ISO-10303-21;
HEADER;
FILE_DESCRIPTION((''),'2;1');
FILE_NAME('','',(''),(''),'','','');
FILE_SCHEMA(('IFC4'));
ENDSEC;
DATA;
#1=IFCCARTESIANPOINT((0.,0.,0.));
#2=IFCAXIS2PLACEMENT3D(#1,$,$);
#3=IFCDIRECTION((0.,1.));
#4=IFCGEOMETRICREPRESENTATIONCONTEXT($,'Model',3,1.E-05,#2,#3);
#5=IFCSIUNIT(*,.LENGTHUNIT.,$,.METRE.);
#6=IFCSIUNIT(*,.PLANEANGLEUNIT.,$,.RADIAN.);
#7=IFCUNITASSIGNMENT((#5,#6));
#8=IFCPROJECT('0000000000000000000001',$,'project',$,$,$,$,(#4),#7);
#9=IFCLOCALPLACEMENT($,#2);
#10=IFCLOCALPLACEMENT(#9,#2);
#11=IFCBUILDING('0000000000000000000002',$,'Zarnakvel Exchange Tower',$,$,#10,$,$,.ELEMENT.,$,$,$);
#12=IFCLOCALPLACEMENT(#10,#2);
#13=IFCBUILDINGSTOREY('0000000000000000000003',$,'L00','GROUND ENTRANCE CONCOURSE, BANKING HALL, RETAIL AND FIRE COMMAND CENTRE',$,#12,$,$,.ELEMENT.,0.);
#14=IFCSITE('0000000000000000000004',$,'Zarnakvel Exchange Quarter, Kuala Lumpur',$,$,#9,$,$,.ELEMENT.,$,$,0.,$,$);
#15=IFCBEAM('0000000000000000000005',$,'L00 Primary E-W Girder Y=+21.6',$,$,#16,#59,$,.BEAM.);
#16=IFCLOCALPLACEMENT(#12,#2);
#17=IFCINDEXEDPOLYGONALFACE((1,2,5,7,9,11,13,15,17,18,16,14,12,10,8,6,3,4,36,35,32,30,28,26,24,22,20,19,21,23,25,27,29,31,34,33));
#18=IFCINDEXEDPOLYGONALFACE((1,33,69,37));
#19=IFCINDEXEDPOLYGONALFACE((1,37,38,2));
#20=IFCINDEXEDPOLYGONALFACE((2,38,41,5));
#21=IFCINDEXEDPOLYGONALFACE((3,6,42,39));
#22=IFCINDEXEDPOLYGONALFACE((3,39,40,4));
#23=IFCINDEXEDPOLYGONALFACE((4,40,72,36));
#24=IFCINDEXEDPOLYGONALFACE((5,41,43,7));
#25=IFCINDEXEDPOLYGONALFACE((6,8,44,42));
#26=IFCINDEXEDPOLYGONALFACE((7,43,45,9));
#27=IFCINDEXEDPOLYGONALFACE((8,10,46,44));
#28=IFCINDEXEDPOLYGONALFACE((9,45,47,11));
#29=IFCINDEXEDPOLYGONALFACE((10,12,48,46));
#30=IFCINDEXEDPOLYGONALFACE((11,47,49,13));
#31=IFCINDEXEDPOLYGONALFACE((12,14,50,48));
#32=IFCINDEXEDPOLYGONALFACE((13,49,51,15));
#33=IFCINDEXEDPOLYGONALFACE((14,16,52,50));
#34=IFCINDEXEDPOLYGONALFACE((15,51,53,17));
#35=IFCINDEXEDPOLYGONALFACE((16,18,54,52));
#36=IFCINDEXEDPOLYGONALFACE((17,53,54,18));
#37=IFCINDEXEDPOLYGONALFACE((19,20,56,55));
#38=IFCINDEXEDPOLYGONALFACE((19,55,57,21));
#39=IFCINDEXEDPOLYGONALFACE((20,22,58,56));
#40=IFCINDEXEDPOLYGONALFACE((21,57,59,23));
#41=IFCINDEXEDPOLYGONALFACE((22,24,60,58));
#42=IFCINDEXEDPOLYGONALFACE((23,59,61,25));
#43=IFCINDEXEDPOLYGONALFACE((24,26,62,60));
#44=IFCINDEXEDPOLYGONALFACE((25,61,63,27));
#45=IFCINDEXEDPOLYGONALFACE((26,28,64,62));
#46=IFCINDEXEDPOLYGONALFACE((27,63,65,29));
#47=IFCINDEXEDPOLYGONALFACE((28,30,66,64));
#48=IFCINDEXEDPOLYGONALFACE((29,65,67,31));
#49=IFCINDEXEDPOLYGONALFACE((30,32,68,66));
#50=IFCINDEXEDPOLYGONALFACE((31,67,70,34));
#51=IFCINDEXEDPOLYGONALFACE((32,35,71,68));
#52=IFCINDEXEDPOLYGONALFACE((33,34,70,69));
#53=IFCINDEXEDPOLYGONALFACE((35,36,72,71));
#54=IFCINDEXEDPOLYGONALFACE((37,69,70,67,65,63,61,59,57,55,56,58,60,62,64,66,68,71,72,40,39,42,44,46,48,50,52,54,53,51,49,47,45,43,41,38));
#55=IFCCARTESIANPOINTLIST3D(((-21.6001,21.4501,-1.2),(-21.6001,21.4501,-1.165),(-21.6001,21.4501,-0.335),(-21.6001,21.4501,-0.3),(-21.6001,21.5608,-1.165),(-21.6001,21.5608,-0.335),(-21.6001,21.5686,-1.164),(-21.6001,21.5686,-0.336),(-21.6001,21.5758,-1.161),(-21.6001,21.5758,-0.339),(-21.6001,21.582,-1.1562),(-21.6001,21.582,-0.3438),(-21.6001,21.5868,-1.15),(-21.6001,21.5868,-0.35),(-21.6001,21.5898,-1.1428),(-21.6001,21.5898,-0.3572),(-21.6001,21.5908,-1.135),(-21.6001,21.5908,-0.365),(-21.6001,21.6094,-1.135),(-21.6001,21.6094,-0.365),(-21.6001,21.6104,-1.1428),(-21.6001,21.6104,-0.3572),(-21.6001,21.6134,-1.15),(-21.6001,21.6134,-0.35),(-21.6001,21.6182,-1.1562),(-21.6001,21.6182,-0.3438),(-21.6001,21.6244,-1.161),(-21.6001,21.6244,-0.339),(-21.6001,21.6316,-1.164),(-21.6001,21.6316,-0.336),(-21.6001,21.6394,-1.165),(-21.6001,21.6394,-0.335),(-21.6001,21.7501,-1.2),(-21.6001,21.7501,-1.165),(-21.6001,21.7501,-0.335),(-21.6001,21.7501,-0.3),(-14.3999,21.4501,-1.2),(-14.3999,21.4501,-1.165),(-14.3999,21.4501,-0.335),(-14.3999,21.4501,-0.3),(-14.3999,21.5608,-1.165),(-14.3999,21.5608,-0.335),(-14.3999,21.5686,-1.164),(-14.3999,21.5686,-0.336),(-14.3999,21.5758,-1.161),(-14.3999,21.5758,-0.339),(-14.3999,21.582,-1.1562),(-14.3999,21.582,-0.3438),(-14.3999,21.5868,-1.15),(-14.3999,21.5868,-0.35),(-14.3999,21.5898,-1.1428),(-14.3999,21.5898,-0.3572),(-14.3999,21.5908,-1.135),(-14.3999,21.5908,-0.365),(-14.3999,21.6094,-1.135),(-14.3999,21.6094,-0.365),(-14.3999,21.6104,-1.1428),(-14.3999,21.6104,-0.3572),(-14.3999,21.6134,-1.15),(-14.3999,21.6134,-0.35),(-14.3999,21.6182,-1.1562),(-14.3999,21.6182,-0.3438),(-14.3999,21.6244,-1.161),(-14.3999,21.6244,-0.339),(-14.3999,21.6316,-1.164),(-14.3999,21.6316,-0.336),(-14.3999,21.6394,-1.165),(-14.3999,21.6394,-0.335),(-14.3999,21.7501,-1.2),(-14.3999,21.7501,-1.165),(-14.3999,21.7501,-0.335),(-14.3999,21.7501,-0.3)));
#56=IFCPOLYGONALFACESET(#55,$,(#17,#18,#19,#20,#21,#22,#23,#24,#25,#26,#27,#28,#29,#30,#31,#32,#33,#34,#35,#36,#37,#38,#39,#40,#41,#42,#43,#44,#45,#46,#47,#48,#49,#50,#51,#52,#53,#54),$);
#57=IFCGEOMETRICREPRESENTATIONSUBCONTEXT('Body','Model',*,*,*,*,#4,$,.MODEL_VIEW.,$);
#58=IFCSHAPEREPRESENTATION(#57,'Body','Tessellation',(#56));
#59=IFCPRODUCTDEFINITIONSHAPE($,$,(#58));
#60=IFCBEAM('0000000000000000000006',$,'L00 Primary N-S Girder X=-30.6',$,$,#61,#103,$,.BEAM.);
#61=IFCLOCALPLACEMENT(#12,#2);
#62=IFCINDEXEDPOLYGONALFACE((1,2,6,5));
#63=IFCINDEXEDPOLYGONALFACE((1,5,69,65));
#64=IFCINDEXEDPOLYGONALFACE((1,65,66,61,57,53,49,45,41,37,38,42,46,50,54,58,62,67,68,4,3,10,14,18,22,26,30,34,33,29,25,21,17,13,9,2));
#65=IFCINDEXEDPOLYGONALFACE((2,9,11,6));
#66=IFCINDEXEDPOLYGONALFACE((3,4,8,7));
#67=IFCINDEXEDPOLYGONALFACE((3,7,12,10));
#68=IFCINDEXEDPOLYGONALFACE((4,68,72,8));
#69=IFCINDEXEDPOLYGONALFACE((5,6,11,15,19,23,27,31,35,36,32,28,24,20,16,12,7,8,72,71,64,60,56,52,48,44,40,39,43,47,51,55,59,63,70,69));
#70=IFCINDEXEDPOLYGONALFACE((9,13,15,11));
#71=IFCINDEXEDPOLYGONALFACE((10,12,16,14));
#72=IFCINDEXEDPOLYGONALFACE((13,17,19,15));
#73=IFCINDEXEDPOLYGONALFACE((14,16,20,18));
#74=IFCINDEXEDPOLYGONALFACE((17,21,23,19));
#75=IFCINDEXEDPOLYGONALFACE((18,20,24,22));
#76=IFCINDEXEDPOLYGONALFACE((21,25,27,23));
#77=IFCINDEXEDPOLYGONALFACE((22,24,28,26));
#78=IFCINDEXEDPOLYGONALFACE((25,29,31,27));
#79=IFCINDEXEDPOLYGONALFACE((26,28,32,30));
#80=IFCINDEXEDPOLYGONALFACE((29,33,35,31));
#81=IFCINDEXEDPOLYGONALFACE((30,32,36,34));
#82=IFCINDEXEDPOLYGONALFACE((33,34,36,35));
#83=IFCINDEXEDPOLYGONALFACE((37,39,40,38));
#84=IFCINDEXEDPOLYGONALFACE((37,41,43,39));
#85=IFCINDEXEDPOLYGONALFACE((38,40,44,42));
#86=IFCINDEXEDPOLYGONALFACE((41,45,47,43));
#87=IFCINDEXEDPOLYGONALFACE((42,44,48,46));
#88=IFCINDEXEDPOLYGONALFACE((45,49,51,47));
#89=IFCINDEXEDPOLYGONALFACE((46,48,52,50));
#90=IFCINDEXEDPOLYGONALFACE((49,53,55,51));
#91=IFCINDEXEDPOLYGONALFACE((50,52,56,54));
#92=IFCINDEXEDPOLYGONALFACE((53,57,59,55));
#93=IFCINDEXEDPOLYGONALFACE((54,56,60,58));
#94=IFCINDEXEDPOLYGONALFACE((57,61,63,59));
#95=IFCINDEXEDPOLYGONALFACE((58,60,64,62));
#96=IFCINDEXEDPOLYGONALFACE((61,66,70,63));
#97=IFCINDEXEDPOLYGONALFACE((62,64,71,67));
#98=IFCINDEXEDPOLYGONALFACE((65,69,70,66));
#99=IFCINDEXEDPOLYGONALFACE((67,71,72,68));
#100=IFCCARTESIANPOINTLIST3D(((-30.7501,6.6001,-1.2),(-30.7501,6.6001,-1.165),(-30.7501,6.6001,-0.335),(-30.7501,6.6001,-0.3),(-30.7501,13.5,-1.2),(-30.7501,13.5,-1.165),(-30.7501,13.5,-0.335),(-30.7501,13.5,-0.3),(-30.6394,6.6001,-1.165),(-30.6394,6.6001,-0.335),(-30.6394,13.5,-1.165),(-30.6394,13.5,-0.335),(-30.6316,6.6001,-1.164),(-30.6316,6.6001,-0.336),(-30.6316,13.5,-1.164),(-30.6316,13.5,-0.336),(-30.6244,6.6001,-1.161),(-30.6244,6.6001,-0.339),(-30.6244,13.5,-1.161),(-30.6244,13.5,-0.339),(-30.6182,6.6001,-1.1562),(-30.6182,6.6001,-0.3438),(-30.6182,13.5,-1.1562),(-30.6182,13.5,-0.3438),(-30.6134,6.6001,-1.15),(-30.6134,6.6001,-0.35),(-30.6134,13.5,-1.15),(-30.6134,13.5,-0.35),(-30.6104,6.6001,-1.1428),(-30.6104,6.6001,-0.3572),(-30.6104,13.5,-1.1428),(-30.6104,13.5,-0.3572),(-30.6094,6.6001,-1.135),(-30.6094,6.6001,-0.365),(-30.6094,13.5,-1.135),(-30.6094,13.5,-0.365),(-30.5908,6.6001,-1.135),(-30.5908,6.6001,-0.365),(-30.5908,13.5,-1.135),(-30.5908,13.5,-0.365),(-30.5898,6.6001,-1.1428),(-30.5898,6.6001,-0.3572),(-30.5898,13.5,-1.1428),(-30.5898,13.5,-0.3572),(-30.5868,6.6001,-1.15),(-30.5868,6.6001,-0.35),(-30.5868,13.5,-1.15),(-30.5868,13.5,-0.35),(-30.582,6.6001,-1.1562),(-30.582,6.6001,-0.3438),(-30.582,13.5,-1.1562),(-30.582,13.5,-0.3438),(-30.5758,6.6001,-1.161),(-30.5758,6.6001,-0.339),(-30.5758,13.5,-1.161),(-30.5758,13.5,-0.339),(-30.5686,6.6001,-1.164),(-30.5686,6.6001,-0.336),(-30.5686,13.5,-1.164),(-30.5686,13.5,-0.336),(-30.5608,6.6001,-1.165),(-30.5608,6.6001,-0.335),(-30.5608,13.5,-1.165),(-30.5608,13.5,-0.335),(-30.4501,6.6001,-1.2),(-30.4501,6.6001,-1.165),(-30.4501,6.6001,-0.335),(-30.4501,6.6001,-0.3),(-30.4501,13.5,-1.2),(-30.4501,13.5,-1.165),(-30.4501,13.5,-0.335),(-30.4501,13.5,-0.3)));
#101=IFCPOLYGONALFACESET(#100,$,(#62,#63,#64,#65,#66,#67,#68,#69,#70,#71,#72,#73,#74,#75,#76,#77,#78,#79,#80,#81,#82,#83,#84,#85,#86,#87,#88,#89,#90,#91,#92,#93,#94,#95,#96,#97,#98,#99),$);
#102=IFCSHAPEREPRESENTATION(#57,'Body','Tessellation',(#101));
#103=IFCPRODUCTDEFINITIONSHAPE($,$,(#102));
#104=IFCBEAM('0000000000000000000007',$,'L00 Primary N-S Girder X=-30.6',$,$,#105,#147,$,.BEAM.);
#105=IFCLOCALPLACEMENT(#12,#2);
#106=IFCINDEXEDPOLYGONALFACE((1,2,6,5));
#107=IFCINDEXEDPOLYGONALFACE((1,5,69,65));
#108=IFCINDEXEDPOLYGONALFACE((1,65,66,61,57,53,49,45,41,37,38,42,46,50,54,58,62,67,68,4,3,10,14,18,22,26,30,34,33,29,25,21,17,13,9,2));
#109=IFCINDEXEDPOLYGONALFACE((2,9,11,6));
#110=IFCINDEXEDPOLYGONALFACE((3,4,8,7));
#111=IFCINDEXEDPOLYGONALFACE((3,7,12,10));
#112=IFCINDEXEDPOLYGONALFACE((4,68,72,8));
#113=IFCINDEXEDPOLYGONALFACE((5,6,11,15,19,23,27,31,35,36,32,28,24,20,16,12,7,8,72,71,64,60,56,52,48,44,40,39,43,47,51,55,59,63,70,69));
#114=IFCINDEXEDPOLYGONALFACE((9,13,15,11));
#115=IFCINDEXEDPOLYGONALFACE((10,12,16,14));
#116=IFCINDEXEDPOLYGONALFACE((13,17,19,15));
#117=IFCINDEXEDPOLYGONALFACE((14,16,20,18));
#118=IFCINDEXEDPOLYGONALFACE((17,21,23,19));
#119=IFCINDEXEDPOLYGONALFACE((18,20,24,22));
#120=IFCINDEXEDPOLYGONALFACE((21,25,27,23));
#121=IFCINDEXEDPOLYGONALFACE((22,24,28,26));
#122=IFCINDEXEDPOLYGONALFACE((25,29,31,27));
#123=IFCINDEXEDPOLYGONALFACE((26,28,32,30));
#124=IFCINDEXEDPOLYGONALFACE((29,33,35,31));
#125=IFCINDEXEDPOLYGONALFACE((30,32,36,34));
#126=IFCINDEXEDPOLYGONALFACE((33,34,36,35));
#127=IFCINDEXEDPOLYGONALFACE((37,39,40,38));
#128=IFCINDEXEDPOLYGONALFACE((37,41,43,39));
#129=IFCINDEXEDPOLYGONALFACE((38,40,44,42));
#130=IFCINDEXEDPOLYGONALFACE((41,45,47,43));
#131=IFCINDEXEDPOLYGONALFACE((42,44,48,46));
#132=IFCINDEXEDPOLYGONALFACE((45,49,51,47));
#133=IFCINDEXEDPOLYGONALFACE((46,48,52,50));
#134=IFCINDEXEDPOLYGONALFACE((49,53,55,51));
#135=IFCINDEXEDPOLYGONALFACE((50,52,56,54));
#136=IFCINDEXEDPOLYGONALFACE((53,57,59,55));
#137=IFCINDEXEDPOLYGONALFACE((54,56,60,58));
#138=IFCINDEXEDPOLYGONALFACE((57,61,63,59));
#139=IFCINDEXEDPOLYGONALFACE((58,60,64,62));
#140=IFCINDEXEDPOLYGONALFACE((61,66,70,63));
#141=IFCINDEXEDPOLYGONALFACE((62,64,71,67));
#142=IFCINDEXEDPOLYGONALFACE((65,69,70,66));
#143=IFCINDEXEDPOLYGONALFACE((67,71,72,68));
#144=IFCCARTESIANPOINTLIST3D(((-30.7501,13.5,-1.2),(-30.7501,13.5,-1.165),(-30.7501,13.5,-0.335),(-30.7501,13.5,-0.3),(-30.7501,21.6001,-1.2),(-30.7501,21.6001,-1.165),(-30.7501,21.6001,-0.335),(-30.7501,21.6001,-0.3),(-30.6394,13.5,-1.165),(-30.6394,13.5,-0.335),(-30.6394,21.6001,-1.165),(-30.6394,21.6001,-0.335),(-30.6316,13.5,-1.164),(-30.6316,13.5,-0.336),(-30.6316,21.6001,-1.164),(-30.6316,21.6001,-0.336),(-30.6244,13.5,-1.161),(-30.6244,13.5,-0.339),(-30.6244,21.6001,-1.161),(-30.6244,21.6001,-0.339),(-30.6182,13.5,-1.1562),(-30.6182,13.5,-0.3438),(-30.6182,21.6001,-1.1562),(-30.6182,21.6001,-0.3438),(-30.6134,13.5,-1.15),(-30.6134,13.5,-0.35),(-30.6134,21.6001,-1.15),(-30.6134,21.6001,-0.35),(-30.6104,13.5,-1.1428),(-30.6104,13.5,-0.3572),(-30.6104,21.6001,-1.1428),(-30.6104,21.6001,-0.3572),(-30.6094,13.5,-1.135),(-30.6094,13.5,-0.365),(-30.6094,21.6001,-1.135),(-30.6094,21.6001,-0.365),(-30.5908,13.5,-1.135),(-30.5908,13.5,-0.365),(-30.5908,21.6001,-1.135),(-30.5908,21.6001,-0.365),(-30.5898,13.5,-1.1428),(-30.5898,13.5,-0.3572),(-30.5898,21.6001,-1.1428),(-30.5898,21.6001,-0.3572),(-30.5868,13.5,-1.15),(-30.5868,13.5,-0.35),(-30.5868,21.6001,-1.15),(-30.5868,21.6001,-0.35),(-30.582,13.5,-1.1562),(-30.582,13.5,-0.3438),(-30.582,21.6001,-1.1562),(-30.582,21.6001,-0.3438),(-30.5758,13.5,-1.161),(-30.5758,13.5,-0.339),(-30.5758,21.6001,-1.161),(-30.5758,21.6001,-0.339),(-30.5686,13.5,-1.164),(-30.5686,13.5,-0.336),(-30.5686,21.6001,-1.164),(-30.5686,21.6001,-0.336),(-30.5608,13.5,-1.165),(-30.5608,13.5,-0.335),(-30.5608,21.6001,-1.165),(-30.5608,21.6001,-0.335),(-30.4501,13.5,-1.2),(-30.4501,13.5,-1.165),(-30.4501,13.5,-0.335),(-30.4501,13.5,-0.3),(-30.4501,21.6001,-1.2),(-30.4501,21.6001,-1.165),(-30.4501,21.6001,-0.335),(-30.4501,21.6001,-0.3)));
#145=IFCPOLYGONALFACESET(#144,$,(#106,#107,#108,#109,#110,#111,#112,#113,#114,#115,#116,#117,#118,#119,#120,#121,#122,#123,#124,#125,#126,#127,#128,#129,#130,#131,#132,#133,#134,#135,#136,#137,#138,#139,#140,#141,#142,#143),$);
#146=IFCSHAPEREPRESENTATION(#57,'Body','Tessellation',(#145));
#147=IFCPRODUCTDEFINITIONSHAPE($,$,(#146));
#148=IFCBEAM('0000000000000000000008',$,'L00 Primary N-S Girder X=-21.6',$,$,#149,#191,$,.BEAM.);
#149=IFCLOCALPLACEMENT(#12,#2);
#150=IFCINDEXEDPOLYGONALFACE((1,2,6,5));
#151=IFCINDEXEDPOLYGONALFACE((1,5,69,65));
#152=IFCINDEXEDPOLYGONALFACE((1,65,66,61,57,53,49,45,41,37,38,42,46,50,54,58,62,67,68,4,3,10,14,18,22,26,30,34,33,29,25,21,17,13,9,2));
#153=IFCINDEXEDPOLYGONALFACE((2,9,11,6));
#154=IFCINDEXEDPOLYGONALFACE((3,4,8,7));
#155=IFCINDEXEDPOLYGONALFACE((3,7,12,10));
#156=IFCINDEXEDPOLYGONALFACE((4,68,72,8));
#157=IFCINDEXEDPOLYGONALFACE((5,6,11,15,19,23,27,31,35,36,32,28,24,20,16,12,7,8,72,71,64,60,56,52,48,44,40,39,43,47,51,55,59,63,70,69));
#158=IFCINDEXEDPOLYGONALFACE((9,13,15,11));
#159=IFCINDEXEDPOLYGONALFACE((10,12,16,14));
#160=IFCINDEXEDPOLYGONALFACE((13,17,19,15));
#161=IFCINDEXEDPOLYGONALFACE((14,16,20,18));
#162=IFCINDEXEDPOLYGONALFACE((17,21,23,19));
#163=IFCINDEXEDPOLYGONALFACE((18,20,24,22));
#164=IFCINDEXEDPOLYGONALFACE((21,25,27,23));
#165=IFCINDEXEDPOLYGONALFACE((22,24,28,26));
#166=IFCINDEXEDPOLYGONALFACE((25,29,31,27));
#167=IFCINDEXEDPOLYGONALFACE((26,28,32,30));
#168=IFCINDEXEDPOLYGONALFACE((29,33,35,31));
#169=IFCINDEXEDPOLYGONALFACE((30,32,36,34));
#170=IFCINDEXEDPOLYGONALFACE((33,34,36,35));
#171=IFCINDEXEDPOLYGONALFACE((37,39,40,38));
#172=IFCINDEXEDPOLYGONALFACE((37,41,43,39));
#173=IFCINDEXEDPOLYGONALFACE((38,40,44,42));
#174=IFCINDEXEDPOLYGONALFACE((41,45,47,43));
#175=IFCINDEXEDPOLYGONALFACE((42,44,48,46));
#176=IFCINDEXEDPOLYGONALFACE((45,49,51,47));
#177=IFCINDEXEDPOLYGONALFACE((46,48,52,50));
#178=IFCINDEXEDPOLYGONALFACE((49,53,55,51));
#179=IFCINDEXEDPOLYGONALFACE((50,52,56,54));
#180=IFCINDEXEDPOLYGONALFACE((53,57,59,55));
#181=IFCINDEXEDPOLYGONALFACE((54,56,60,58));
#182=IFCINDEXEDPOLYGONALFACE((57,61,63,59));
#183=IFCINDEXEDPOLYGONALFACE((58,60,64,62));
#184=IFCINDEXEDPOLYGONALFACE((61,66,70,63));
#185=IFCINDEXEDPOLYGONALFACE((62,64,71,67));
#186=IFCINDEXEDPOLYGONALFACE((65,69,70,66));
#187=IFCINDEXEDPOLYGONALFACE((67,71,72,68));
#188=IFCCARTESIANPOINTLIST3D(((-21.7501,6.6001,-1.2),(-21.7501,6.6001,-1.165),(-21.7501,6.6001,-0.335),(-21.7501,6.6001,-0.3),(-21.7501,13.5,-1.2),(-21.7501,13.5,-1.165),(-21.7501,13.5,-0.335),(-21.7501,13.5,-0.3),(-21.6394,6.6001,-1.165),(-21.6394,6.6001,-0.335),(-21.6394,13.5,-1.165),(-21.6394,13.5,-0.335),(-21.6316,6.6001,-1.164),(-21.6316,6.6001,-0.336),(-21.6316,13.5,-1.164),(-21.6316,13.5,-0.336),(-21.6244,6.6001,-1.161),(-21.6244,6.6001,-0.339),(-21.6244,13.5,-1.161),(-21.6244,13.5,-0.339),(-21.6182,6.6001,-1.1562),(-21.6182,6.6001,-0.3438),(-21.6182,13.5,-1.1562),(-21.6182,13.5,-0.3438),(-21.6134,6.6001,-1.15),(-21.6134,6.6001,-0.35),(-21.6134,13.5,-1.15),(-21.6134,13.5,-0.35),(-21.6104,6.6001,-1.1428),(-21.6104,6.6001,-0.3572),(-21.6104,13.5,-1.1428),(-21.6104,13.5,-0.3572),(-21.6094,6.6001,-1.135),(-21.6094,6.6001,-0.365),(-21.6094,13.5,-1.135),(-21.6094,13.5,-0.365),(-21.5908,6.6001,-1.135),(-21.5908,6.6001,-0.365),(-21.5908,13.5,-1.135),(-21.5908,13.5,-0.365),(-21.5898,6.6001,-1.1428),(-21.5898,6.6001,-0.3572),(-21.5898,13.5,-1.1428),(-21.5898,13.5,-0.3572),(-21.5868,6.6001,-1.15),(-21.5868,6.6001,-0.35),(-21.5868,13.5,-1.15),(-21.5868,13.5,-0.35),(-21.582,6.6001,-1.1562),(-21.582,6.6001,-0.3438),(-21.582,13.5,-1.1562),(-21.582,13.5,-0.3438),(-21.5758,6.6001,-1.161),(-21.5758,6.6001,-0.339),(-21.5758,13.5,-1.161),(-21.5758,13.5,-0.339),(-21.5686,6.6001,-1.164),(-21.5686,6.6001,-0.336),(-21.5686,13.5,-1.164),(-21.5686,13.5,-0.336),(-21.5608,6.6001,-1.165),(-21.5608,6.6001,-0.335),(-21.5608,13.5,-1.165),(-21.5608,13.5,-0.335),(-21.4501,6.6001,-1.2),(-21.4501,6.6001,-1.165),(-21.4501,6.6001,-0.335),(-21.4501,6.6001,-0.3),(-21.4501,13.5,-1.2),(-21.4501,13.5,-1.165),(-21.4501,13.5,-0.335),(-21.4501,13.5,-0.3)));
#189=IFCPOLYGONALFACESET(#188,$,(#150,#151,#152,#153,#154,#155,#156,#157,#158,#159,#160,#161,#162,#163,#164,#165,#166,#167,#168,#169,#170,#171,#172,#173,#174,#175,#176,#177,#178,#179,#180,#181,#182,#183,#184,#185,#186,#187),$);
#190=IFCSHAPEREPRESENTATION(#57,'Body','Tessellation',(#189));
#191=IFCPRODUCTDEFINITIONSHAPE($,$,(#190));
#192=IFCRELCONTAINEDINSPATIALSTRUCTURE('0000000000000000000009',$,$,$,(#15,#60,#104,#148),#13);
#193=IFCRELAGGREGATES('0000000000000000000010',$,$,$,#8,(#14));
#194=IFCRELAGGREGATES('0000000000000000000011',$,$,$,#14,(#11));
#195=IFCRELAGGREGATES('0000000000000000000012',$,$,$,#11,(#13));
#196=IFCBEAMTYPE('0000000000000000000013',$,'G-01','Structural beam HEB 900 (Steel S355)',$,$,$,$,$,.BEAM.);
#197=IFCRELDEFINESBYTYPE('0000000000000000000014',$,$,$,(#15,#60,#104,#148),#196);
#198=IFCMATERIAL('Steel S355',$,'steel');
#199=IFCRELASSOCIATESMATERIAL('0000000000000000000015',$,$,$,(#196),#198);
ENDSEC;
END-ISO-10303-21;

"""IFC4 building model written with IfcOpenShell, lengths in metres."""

from ifc_helpers import new_model, si_unit, direction, frame, origin, origin_2d, place, context, subcontext, project, spatial, i_section, extrude, material, material_profile, profile_set, type_object, element, save


model = new_model("IFC4")

# Units and contexts
model_context = context("Model", 3, precision=1e-05, world=origin(), true_north=direction((0.0, 1.0)))
body_context = subcontext(model_context, "Body", "Model", "MODEL_VIEW")
ifc_project = project(units=[si_unit("LENGTHUNIT", "METRE"), si_unit("PLANEANGLEUNIT", "RADIAN")], contexts=[model_context])

# Site, building, storey
site_placement = place(None, origin())
site = spatial("IfcSite", under=ifc_project, at=site_placement, Name="Zarnakvel Exchange Quarter, Kuala Lumpur", CompositionType="ELEMENT", RefElevation=0.0)
building_placement = place(site_placement, origin())
building = spatial("IfcBuilding", under=site, at=building_placement, Name="Zarnakvel Exchange Tower", CompositionType="ELEMENT")
storey_placement = place(building_placement, origin())
storey = spatial("IfcBuildingStorey", under=building, at=storey_placement, Name="L00", Description="GROUND ENTRANCE CONCOURSE, BANKING HALL, RETAIL AND FIRE COMMAND CENTRE", CompositionType="ELEMENT", Elevation=0.0)

# Beams
ifc_material_1 = material(Name="Steel S355", Category="steel")
ifc_material_profile_1 = material_profile(ifc_material_1, i_section(OverallWidth=0.3, OverallDepth=0.8999, WebThickness=0.0186, FlangeThickness=0.0349, FilletRadius=0.03, at=origin_2d()))
ifc_profile_set_1 = profile_set([ifc_material_profile_1], Name="Steel S355")
beam_type_1 = type_object("IfcBeamType", Name="G-01", Description="Structural beam HEB 900 (Steel S355)", PredefinedType="BEAM", material=ifc_profile_set_1)
beam_1_placement = place(storey_placement, frame((-21.6001, 21.6001, -0.75), z_axis=(1.0, 0.0, 0.0), x_axis=(0.0, 1.0, 0.0)))
element("IfcBeam", 1, at=beam_1_placement, inside=storey, type_object=beam_type_1, Name="L00 Primary E-W Girder Y=+21.6", PredefinedType="BEAM", context=body_context, shape_type="SweptSolid", body=[
    extrude(i_section(OverallWidth=0.3, OverallDepth=0.8999, WebThickness=0.0186, FlangeThickness=0.0349, FilletRadius=0.03, at=origin_2d()), origin(), (0.0, 0.0, 1.0), 7.2002),
])
beam_2_placement = place(storey_placement, frame((-30.6001, 6.6001, -0.75), z_axis=(0.0, 1.0, 0.0), x_axis=(-1.0, 0.0, 0.0)))
element("IfcBeam", 2, at=beam_2_placement, inside=storey, type_object=beam_type_1, Name="L00 Primary N-S Girder X=-30.6", PredefinedType="BEAM", context=body_context, shape_type="SweptSolid", body=[
    extrude(i_section(OverallWidth=0.3, OverallDepth=0.8999, WebThickness=0.0186, FlangeThickness=0.0349, FilletRadius=0.03, at=origin_2d()), origin(), (0.0, 0.0, 1.0), 6.8999),
])
beam_3_placement = place(storey_placement, frame((-30.6001, 13.5, -0.75), z_axis=(0.0, 1.0, 0.0), x_axis=(-1.0, 0.0, 0.0)))
element("IfcBeam", 3, at=beam_3_placement, inside=storey, type_object=beam_type_1, Name="L00 Primary N-S Girder X=-30.6", PredefinedType="BEAM", context=body_context, shape_type="SweptSolid", body=[
    extrude(i_section(OverallWidth=0.3, OverallDepth=0.8999, WebThickness=0.0186, FlangeThickness=0.0349, FilletRadius=0.03, at=origin_2d()), origin(), (0.0, 0.0, 1.0), 8.1001),
])
beam_4_placement = place(storey_placement, frame((-21.6001, 6.6001, -0.75), z_axis=(0.0, 1.0, 0.0), x_axis=(-1.0, 0.0, 0.0)))
element("IfcBeam", 4, at=beam_4_placement, inside=storey, type_object=beam_type_1, Name="L00 Primary N-S Girder X=-21.6", PredefinedType="BEAM", context=body_context, shape_type="SweptSolid", body=[
    extrude(i_section(OverallWidth=0.3, OverallDepth=0.8999, WebThickness=0.0186, FlangeThickness=0.0349, FilletRadius=0.03, at=origin_2d()), origin(), (0.0, 0.0, 1.0), 6.8999),
])

save(model, "model.ifc")
